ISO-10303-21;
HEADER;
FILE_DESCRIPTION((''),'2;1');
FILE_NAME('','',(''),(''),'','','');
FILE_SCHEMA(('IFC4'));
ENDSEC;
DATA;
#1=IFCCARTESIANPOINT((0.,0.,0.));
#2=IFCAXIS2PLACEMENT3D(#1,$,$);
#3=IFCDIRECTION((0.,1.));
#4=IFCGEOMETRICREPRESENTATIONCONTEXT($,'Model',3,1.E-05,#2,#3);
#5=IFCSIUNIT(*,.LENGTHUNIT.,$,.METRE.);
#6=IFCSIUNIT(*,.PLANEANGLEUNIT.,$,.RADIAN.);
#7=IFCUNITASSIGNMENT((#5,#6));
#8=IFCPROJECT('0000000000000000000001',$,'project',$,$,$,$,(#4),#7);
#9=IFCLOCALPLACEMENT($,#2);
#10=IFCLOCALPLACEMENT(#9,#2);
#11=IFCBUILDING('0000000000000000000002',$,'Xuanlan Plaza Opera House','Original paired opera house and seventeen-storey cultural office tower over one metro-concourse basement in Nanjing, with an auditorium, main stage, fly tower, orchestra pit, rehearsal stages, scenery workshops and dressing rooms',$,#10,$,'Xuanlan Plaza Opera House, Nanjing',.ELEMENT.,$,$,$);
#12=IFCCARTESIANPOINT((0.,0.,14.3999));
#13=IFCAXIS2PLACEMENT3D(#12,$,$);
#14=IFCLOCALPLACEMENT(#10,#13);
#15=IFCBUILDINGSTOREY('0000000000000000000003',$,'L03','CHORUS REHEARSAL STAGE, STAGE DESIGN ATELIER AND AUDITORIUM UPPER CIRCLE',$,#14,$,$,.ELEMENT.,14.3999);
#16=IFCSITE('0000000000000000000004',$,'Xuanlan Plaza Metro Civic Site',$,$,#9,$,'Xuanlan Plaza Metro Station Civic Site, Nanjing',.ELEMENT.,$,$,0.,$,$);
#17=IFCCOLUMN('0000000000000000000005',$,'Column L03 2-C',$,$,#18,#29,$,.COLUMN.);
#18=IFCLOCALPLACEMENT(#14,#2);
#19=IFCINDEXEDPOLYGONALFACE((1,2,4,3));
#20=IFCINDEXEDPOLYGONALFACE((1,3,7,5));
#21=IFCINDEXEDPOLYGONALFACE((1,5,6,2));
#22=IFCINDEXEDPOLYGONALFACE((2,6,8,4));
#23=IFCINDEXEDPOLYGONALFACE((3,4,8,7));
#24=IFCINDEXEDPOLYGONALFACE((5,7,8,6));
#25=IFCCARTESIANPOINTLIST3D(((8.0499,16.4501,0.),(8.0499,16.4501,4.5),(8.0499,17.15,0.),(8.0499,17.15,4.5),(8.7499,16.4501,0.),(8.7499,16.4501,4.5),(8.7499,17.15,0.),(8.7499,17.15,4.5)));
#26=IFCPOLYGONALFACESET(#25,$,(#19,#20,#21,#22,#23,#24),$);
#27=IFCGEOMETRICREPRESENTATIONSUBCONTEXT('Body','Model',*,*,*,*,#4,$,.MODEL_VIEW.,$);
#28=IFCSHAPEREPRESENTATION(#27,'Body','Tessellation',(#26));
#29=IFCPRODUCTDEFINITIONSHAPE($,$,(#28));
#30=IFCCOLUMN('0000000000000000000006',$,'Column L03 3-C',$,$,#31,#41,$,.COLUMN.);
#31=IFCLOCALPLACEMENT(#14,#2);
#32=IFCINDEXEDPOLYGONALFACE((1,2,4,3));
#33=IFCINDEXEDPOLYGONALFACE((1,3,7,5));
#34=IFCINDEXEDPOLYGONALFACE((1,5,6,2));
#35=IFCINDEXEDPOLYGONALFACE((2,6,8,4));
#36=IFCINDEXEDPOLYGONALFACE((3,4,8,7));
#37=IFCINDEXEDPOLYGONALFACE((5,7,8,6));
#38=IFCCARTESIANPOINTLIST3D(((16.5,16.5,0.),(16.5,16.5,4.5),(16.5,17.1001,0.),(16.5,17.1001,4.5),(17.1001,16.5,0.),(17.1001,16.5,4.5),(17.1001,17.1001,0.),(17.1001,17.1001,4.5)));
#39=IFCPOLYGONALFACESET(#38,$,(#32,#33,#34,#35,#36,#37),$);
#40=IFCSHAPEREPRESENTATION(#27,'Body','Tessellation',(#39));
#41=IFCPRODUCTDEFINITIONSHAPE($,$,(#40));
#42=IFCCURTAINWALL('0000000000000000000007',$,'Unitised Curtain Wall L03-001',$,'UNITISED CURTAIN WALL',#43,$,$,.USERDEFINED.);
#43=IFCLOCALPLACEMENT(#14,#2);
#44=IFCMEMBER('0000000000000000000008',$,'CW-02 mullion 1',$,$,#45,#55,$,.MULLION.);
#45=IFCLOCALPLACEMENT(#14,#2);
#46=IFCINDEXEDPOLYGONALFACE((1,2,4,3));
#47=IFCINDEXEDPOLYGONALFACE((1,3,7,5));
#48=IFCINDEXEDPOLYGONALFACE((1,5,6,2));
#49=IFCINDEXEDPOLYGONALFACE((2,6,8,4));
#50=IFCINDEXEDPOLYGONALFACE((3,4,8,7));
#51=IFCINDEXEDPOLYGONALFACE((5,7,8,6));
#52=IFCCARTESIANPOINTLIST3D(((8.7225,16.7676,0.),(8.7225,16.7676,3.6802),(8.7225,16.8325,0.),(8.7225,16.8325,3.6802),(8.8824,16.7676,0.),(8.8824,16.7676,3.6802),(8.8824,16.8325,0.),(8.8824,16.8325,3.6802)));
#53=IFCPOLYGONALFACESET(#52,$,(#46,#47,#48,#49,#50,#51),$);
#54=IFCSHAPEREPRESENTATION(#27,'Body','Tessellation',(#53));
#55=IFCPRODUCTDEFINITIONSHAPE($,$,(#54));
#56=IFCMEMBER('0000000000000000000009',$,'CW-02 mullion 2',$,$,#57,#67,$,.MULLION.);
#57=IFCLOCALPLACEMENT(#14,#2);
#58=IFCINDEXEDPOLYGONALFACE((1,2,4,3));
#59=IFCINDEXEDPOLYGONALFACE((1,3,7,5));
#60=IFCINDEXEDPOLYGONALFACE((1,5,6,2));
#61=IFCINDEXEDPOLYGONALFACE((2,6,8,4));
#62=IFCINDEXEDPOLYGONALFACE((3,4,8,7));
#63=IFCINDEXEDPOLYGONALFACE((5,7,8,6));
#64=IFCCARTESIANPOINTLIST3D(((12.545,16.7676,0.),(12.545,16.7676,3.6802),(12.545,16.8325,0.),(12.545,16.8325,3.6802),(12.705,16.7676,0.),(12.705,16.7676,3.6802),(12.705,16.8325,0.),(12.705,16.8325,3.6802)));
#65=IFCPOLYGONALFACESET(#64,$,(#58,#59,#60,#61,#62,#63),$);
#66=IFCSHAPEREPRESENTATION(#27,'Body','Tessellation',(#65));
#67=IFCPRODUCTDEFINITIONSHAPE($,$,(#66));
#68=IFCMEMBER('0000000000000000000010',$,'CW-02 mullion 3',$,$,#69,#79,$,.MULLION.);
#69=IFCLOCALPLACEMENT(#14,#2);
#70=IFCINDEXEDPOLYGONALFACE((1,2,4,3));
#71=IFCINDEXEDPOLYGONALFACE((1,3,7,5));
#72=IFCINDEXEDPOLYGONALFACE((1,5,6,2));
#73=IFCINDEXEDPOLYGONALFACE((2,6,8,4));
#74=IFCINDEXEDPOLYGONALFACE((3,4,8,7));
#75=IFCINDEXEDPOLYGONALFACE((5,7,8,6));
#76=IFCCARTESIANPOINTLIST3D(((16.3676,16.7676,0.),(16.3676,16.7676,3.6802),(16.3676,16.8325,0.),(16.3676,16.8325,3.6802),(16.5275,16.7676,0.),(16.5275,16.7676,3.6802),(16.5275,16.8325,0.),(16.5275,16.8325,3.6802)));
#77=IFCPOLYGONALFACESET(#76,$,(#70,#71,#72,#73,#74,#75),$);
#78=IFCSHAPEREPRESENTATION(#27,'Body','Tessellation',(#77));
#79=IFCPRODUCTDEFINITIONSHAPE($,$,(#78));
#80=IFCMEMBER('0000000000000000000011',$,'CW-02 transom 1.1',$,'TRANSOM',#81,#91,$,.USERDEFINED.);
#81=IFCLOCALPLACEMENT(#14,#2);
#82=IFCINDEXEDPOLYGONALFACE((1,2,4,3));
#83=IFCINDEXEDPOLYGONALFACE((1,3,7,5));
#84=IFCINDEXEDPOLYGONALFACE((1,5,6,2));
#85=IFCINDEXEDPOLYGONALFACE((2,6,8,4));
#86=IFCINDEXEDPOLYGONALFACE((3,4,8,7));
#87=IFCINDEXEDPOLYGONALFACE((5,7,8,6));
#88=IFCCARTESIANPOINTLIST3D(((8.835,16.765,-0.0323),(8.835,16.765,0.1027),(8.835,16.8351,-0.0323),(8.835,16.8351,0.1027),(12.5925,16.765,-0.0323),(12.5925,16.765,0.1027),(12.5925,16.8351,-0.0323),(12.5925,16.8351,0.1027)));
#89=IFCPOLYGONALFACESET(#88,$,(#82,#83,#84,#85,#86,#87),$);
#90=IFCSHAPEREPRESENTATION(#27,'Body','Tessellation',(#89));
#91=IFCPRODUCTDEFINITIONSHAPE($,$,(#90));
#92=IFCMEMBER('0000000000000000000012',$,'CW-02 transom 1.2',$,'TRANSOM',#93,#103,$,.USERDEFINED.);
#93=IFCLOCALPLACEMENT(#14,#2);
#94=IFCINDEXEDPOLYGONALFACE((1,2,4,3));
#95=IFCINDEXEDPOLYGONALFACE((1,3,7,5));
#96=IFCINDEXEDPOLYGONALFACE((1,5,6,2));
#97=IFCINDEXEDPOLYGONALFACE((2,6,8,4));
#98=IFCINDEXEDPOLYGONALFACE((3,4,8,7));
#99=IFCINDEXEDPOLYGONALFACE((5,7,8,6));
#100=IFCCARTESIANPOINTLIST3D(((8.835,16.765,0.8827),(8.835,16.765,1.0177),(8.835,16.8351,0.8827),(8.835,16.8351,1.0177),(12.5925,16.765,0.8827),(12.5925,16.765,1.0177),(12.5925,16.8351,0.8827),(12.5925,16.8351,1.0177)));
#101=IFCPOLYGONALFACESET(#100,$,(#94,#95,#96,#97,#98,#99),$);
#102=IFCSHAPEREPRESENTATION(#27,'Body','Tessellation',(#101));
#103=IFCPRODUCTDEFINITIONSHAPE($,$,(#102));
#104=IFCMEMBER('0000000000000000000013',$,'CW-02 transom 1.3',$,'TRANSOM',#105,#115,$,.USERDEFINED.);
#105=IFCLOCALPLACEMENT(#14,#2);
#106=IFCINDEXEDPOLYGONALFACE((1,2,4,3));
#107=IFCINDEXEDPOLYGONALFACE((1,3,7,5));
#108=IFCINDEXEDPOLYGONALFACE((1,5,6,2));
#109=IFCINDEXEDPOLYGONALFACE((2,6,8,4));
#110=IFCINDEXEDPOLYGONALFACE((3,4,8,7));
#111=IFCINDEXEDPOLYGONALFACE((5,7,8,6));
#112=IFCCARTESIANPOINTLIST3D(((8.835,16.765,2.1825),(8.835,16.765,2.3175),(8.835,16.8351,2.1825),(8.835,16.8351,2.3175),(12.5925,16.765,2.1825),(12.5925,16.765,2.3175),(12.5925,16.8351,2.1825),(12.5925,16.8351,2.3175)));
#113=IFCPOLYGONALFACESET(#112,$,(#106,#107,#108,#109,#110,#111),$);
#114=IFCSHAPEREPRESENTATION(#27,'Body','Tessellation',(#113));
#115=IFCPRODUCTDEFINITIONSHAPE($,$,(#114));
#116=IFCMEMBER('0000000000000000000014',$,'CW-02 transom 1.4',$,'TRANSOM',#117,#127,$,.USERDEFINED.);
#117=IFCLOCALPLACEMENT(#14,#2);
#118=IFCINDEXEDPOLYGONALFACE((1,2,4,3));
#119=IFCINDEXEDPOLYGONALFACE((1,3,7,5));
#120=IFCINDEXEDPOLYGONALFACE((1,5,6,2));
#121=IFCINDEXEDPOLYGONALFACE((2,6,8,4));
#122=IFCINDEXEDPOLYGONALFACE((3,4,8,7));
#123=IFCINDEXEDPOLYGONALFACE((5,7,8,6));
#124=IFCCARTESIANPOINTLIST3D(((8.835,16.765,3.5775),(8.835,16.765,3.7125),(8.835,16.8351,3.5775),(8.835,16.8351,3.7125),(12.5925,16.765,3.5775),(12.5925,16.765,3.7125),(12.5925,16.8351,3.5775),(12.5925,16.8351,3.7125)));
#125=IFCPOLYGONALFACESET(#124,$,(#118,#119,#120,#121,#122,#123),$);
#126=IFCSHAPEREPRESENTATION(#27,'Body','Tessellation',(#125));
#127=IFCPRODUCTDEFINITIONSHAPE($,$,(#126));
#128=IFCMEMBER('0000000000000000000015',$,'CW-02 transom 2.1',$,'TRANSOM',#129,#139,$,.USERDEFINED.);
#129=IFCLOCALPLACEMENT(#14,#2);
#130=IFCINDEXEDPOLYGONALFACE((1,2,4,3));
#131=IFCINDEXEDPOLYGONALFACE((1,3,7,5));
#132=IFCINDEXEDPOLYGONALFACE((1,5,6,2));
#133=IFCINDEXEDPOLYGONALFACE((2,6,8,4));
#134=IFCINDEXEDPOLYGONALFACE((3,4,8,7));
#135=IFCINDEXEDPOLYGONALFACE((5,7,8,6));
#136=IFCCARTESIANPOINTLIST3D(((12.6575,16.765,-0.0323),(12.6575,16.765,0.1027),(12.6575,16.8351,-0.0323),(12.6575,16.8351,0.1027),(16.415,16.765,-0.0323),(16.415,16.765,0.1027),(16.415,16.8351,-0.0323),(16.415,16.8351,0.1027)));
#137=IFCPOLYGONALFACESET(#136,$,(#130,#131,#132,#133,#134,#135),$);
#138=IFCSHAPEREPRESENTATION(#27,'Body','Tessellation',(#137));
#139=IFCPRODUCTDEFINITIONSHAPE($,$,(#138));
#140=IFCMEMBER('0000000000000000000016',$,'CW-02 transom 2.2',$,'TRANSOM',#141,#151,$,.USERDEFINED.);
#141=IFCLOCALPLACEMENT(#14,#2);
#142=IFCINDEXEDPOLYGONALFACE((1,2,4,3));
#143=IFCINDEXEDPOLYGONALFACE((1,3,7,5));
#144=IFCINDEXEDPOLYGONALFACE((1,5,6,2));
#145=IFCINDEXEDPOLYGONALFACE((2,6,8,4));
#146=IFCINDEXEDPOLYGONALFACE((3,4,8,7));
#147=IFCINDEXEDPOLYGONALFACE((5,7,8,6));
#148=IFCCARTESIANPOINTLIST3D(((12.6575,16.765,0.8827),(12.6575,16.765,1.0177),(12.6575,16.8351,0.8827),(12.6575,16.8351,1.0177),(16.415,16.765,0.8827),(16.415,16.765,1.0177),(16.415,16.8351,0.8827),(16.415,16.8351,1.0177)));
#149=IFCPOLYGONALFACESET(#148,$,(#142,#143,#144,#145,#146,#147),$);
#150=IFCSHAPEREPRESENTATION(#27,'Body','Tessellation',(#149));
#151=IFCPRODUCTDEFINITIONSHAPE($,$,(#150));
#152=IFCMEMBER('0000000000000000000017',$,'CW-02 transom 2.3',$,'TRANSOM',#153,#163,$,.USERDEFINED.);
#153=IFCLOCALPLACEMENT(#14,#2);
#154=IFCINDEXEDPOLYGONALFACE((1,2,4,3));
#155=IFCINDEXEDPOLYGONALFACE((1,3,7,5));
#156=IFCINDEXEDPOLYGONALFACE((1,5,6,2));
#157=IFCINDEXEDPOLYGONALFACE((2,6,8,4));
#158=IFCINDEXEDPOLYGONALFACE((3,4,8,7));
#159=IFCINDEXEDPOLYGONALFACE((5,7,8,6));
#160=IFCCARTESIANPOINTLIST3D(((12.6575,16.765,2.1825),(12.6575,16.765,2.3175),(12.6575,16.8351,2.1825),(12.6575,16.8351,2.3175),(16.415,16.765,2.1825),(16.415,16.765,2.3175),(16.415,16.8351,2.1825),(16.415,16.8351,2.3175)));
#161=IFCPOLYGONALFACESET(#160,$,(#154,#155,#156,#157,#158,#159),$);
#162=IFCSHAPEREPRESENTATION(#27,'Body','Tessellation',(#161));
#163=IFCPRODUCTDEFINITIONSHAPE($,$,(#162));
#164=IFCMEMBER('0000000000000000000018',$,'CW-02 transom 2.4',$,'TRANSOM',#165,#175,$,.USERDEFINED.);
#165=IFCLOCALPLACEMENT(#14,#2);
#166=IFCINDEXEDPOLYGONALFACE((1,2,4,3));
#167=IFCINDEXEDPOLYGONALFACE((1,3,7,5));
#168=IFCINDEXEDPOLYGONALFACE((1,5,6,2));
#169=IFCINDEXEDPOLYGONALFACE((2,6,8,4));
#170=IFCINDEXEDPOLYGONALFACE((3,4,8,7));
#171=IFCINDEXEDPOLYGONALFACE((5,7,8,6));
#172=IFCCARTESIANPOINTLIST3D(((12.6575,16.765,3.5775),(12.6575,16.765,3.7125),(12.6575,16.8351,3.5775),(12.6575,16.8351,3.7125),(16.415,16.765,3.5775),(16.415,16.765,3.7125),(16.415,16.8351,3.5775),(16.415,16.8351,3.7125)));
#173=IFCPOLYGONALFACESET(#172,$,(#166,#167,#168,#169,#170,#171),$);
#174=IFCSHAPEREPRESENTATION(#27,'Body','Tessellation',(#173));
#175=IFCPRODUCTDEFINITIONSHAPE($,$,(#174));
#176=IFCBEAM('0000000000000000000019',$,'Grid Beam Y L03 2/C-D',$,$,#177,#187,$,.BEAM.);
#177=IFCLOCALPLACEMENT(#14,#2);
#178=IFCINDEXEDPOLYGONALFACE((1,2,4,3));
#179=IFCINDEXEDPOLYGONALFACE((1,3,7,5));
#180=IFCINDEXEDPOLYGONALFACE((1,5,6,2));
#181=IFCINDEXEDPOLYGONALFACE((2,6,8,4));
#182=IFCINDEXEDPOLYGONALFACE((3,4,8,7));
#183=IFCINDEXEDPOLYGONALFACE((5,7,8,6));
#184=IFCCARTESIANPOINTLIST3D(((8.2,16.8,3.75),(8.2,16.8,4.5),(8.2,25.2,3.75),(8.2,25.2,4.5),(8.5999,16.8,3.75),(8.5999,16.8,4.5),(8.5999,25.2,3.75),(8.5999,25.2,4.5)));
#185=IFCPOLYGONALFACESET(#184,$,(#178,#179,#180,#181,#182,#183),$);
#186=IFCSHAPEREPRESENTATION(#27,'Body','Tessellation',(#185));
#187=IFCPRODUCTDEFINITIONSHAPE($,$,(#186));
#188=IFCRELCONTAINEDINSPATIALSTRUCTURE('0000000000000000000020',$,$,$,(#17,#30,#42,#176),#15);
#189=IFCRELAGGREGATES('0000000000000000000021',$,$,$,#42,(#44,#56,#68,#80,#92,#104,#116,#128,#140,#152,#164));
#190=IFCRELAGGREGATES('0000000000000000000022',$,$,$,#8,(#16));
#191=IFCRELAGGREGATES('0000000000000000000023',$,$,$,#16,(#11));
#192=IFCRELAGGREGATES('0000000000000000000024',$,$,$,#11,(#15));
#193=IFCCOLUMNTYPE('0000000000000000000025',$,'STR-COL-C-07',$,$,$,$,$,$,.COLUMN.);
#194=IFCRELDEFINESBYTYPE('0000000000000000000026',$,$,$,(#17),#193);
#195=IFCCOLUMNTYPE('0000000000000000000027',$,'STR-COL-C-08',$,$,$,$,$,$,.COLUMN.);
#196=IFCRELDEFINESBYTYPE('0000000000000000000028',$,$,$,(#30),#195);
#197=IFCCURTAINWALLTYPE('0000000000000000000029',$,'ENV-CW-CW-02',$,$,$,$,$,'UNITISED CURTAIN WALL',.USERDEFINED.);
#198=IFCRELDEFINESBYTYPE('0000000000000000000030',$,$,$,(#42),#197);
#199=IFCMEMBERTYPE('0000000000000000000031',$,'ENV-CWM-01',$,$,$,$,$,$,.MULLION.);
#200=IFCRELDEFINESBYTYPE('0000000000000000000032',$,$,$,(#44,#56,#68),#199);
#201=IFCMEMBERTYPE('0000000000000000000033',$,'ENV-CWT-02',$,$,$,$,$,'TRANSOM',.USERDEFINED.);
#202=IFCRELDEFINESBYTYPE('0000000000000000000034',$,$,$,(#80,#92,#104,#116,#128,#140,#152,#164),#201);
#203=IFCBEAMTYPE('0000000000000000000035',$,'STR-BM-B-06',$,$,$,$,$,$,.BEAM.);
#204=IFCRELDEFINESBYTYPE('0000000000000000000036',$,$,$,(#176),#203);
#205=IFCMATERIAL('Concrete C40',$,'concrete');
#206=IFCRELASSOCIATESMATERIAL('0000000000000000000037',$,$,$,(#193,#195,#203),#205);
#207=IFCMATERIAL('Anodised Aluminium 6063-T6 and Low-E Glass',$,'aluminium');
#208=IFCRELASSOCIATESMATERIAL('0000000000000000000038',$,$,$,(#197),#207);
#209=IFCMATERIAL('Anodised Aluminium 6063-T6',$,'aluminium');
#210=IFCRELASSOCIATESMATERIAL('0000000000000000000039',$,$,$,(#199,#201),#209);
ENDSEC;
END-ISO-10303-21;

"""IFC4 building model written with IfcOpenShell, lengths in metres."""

from ifc_helpers import new_model, si_unit, direction, frame, origin, origin_2d, place, context, subcontext, project, spatial, rectangle, extrude, material, material_profile, profile_set, type_object, element, aggregate, save


model = new_model("IFC4")

# Units and contexts
model_context = context("Model", 3, precision=1e-05, world=origin(), true_north=direction((0.0, 1.0)))
body_context = subcontext(model_context, "Body", "Model", "MODEL_VIEW")
ifc_project = project(units=[si_unit("LENGTHUNIT", "METRE"), si_unit("PLANEANGLEUNIT", "RADIAN")], contexts=[model_context])

# Site, building, storey
site_placement = place(None, origin())
site = spatial("IfcSite", under=ifc_project, at=site_placement, Name="Xuanlan Plaza Metro Civic Site", LongName="Xuanlan Plaza Metro Station Civic Site, Nanjing", CompositionType="ELEMENT", RefElevation=0.0)
building_placement = place(site_placement, origin())
building = spatial("IfcBuilding", under=site, at=building_placement, Name="Xuanlan Plaza Opera House", Description="Original paired opera house and seventeen-storey cultural office tower over one metro-concourse basement in Nanjing, with an auditorium, main stage, fly tower, orchestra pit, rehearsal stages, scenery workshops and dressing rooms", LongName="Xuanlan Plaza Opera House, Nanjing", CompositionType="ELEMENT")
storey_placement = place(building_placement, frame((0.0, 0.0, 14.3999)))
storey = spatial("IfcBuildingStorey", under=building, at=storey_placement, Name="L03", Description="CHORUS REHEARSAL STAGE, STAGE DESIGN ATELIER AND AUDITORIUM UPPER CIRCLE", CompositionType="ELEMENT", Elevation=14.3999)

# Columns
ifc_material_1 = material(Name="Concrete C40", Category="concrete")
ifc_material_profile_1 = material_profile(ifc_material_1, rectangle(XDim=0.7, YDim=0.7, at=origin_2d()), Name="RC-COL 700x700")
ifc_profile_set_1 = profile_set([ifc_material_profile_1], Name="Concrete C40")
column_type_1 = type_object("IfcColumnType", Name="STR-COL-C-07", PredefinedType="COLUMN", material=ifc_profile_set_1)
column_1_placement = place(storey_placement, frame((8.3999, 16.8, 0.0), z_axis=(0.0, 0.0, 1.0), x_axis=(1.0, 0.0, 0.0)))
element("IfcColumn", 1, at=column_1_placement, inside=storey, type_object=column_type_1, Name="Column L03 2-C", PredefinedType="COLUMN", context=body_context, shape_type="SweptSolid", body=[
    extrude(rectangle(XDim=0.7, YDim=0.7, at=origin_2d()), origin(), (0.0, 0.0, 1.0), 4.5),
])
ifc_material_profile_2 = material_profile(ifc_material_1, rectangle(XDim=0.6001, YDim=0.6001, at=origin_2d()), Name="RC-COL 600x600")
ifc_profile_set_2 = profile_set([ifc_material_profile_2], Name="Concrete C40")
column_type_2 = type_object("IfcColumnType", Name="STR-COL-C-08", PredefinedType="COLUMN", material=ifc_profile_set_2)
column_2_placement = place(storey_placement, frame((16.8, 16.8, 0.0), z_axis=(0.0, 0.0, 1.0), x_axis=(1.0, 0.0, 0.0)))
element("IfcColumn", 2, at=column_2_placement, inside=storey, type_object=column_type_2, Name="Column L03 3-C", PredefinedType="COLUMN", context=body_context, shape_type="SweptSolid", body=[
    extrude(rectangle(XDim=0.6001, YDim=0.6001, at=origin_2d()), origin(), (0.0, 0.0, 1.0), 4.5),
])

# Curtain wall, members
ifc_material_2 = material(Name="Anodised Aluminium 6063-T6 and Low-E Glass", Category="aluminium")
curtain_wall_type = type_object("IfcCurtainWallType", Name="ENV-CW-CW-02", ElementType="UNITISED CURTAIN WALL", PredefinedType="USERDEFINED", material=ifc_material_2)
curtain_wall_placement = place(storey_placement, origin())
curtain_wall = element("IfcCurtainWall", 3, at=curtain_wall_placement, inside=storey, type_object=curtain_wall_type, Name="Unitised Curtain Wall L03-001", ObjectType="UNITISED CURTAIN WALL", PredefinedType="USERDEFINED")
ifc_material_3 = material(Name="Anodised Aluminium 6063-T6", Category="aluminium")
ifc_material_profile_3 = material_profile(ifc_material_3, rectangle(XDim=0.0649, YDim=0.1599, at=origin_2d()), Name="ALU-M 65x160")
ifc_profile_set_3 = profile_set([ifc_material_profile_3], Name="Anodised Aluminium 6063-T6")
member_type_1 = type_object("IfcMemberType", Name="ENV-CWM-01", PredefinedType="MULLION", material=ifc_profile_set_3)
member_1_placement = place(storey_placement, frame((8.8025, 16.8, 0.0), z_axis=(0.0, 0.0, 1.0), x_axis=(0.0, 1.0, 0.0)))
member_1 = element("IfcMember", 4, at=member_1_placement, type_object=member_type_1, Name="CW-02 mullion 1", PredefinedType="MULLION", context=body_context, shape_type="SweptSolid", body=[
    extrude(rectangle(XDim=0.0649, YDim=0.1599, at=origin_2d()), origin(), (0.0, 0.0, 1.0), 3.6802),
])
member_2_placement = place(storey_placement, frame((12.625, 16.8, 0.0), z_axis=(0.0, 0.0, 1.0), x_axis=(0.0, 1.0, 0.0)))
member_2 = element("IfcMember", 5, at=member_2_placement, type_object=member_type_1, Name="CW-02 mullion 2", PredefinedType="MULLION", context=body_context, shape_type="SweptSolid", body=[
    extrude(rectangle(XDim=0.0649, YDim=0.1599, at=origin_2d()), origin(), (0.0, 0.0, 1.0), 3.6802),
])
member_3_placement = place(storey_placement, frame((16.4475, 16.8, 0.0), z_axis=(0.0, 0.0, 1.0), x_axis=(0.0, 1.0, 0.0)))
member_3 = element("IfcMember", 6, at=member_3_placement, type_object=member_type_1, Name="CW-02 mullion 3", PredefinedType="MULLION", context=body_context, shape_type="SweptSolid", body=[
    extrude(rectangle(XDim=0.0649, YDim=0.1599, at=origin_2d()), origin(), (0.0, 0.0, 1.0), 3.6802),
])
ifc_material_profile_4 = material_profile(ifc_material_3, rectangle(XDim=0.0701, YDim=0.135, at=origin_2d()), Name="ALU-T 70x135")
ifc_profile_set_4 = profile_set([ifc_material_profile_4], Name="Anodised Aluminium 6063-T6")
member_type_2 = type_object("IfcMemberType", Name="ENV-CWT-02", ElementType="TRANSOM", PredefinedType="USERDEFINED", material=ifc_profile_set_4)
member_4_placement = place(storey_placement, frame((8.835, 16.8, 0.0352), z_axis=(1.0, 0.0, 0.0), x_axis=(0.0, 1.0, 0.0)))
member_4 = element("IfcMember", 7, at=member_4_placement, type_object=member_type_2, Name="CW-02 transom 1.1", ObjectType="TRANSOM", PredefinedType="USERDEFINED", context=body_context, shape_type="SweptSolid", body=[
    extrude(rectangle(XDim=0.0701, YDim=0.135, at=origin_2d()), origin(), (0.0, 0.0, 1.0), 3.7576),
])
member_5_placement = place(storey_placement, frame((8.835, 16.8, 0.9502), z_axis=(1.0, 0.0, 0.0), x_axis=(0.0, 1.0, 0.0)))
member_5 = element("IfcMember", 8, at=member_5_placement, type_object=member_type_2, Name="CW-02 transom 1.2", ObjectType="TRANSOM", PredefinedType="USERDEFINED", context=body_context, shape_type="SweptSolid", body=[
    extrude(rectangle(XDim=0.0701, YDim=0.135, at=origin_2d()), origin(), (0.0, 0.0, 1.0), 3.7576),
])
member_6_placement = place(storey_placement, frame((8.835, 16.8, 2.25), z_axis=(1.0, 0.0, 0.0), x_axis=(0.0, 1.0, 0.0)))
member_6 = element("IfcMember", 9, at=member_6_placement, type_object=member_type_2, Name="CW-02 transom 1.3", ObjectType="TRANSOM", PredefinedType="USERDEFINED", context=body_context, shape_type="SweptSolid", body=[
    extrude(rectangle(XDim=0.0701, YDim=0.135, at=origin_2d()), origin(), (0.0, 0.0, 1.0), 3.7576),
])
member_7_placement = place(storey_placement, frame((8.835, 16.8, 3.645), z_axis=(1.0, 0.0, 0.0), x_axis=(0.0, 1.0, 0.0)))
member_7 = element("IfcMember", 10, at=member_7_placement, type_object=member_type_2, Name="CW-02 transom 1.4", ObjectType="TRANSOM", PredefinedType="USERDEFINED", context=body_context, shape_type="SweptSolid", body=[
    extrude(rectangle(XDim=0.0701, YDim=0.135, at=origin_2d()), origin(), (0.0, 0.0, 1.0), 3.7576),
])
member_8_placement = place(storey_placement, frame((12.6575, 16.8, 0.0352), z_axis=(1.0, 0.0, 0.0), x_axis=(0.0, 1.0, 0.0)))
member_8 = element("IfcMember", 11, at=member_8_placement, type_object=member_type_2, Name="CW-02 transom 2.1", ObjectType="TRANSOM", PredefinedType="USERDEFINED", context=body_context, shape_type="SweptSolid", body=[
    extrude(rectangle(XDim=0.0701, YDim=0.135, at=origin_2d()), origin(), (0.0, 0.0, 1.0), 3.7576),
])
member_9_placement = place(storey_placement, frame((12.6575, 16.8, 0.9502), z_axis=(1.0, 0.0, 0.0), x_axis=(0.0, 1.0, 0.0)))
member_9 = element("IfcMember", 12, at=member_9_placement, type_object=member_type_2, Name="CW-02 transom 2.2", ObjectType="TRANSOM", PredefinedType="USERDEFINED", context=body_context, shape_type="SweptSolid", body=[
    extrude(rectangle(XDim=0.0701, YDim=0.135, at=origin_2d()), origin(), (0.0, 0.0, 1.0), 3.7576),
])
member_10_placement = place(storey_placement, frame((12.6575, 16.8, 2.25), z_axis=(1.0, 0.0, 0.0), x_axis=(0.0, 1.0, 0.0)))
member_10 = element("IfcMember", 13, at=member_10_placement, type_object=member_type_2, Name="CW-02 transom 2.3", ObjectType="TRANSOM", PredefinedType="USERDEFINED", context=body_context, shape_type="SweptSolid", body=[
    extrude(rectangle(XDim=0.0701, YDim=0.135, at=origin_2d()), origin(), (0.0, 0.0, 1.0), 3.7576),
])
member_11_placement = place(storey_placement, frame((12.6575, 16.8, 3.645), z_axis=(1.0, 0.0, 0.0), x_axis=(0.0, 1.0, 0.0)))
member_11 = element("IfcMember", 14, at=member_11_placement, type_object=member_type_2, Name="CW-02 transom 2.4", ObjectType="TRANSOM", PredefinedType="USERDEFINED", context=body_context, shape_type="SweptSolid", body=[
    extrude(rectangle(XDim=0.0701, YDim=0.135, at=origin_2d()), origin(), (0.0, 0.0, 1.0), 3.7576),
])

# Beam
ifc_material_profile_5 = material_profile(ifc_material_1, rectangle(XDim=0.3999, YDim=0.75, at=origin_2d()), Name="RC-BM 400x750")
ifc_profile_set_5 = profile_set([ifc_material_profile_5], Name="Concrete C40")
beam_type_1 = type_object("IfcBeamType", Name="STR-BM-B-06", PredefinedType="BEAM", material=ifc_profile_set_5)
beam_1_placement = place(storey_placement, frame((8.3999, 16.8, 4.125), z_axis=(0.0, 1.0, 0.0), x_axis=(-1.0, 0.0, 0.0)))
element("IfcBeam", 15, at=beam_1_placement, inside=storey, type_object=beam_type_1, Name="Grid Beam Y L03 2/C-D", PredefinedType="BEAM", context=body_context, shape_type="SweptSolid", body=[
    extrude(rectangle(XDim=0.3999, YDim=0.75, at=origin_2d()), origin(), (0.0, 0.0, 1.0), 8.3999),
])

aggregate(curtain_wall, [member_1, member_2, member_3, member_4, member_5, member_6, member_7, member_8, member_9, member_10, member_11])

save(model, "model.ifc")
